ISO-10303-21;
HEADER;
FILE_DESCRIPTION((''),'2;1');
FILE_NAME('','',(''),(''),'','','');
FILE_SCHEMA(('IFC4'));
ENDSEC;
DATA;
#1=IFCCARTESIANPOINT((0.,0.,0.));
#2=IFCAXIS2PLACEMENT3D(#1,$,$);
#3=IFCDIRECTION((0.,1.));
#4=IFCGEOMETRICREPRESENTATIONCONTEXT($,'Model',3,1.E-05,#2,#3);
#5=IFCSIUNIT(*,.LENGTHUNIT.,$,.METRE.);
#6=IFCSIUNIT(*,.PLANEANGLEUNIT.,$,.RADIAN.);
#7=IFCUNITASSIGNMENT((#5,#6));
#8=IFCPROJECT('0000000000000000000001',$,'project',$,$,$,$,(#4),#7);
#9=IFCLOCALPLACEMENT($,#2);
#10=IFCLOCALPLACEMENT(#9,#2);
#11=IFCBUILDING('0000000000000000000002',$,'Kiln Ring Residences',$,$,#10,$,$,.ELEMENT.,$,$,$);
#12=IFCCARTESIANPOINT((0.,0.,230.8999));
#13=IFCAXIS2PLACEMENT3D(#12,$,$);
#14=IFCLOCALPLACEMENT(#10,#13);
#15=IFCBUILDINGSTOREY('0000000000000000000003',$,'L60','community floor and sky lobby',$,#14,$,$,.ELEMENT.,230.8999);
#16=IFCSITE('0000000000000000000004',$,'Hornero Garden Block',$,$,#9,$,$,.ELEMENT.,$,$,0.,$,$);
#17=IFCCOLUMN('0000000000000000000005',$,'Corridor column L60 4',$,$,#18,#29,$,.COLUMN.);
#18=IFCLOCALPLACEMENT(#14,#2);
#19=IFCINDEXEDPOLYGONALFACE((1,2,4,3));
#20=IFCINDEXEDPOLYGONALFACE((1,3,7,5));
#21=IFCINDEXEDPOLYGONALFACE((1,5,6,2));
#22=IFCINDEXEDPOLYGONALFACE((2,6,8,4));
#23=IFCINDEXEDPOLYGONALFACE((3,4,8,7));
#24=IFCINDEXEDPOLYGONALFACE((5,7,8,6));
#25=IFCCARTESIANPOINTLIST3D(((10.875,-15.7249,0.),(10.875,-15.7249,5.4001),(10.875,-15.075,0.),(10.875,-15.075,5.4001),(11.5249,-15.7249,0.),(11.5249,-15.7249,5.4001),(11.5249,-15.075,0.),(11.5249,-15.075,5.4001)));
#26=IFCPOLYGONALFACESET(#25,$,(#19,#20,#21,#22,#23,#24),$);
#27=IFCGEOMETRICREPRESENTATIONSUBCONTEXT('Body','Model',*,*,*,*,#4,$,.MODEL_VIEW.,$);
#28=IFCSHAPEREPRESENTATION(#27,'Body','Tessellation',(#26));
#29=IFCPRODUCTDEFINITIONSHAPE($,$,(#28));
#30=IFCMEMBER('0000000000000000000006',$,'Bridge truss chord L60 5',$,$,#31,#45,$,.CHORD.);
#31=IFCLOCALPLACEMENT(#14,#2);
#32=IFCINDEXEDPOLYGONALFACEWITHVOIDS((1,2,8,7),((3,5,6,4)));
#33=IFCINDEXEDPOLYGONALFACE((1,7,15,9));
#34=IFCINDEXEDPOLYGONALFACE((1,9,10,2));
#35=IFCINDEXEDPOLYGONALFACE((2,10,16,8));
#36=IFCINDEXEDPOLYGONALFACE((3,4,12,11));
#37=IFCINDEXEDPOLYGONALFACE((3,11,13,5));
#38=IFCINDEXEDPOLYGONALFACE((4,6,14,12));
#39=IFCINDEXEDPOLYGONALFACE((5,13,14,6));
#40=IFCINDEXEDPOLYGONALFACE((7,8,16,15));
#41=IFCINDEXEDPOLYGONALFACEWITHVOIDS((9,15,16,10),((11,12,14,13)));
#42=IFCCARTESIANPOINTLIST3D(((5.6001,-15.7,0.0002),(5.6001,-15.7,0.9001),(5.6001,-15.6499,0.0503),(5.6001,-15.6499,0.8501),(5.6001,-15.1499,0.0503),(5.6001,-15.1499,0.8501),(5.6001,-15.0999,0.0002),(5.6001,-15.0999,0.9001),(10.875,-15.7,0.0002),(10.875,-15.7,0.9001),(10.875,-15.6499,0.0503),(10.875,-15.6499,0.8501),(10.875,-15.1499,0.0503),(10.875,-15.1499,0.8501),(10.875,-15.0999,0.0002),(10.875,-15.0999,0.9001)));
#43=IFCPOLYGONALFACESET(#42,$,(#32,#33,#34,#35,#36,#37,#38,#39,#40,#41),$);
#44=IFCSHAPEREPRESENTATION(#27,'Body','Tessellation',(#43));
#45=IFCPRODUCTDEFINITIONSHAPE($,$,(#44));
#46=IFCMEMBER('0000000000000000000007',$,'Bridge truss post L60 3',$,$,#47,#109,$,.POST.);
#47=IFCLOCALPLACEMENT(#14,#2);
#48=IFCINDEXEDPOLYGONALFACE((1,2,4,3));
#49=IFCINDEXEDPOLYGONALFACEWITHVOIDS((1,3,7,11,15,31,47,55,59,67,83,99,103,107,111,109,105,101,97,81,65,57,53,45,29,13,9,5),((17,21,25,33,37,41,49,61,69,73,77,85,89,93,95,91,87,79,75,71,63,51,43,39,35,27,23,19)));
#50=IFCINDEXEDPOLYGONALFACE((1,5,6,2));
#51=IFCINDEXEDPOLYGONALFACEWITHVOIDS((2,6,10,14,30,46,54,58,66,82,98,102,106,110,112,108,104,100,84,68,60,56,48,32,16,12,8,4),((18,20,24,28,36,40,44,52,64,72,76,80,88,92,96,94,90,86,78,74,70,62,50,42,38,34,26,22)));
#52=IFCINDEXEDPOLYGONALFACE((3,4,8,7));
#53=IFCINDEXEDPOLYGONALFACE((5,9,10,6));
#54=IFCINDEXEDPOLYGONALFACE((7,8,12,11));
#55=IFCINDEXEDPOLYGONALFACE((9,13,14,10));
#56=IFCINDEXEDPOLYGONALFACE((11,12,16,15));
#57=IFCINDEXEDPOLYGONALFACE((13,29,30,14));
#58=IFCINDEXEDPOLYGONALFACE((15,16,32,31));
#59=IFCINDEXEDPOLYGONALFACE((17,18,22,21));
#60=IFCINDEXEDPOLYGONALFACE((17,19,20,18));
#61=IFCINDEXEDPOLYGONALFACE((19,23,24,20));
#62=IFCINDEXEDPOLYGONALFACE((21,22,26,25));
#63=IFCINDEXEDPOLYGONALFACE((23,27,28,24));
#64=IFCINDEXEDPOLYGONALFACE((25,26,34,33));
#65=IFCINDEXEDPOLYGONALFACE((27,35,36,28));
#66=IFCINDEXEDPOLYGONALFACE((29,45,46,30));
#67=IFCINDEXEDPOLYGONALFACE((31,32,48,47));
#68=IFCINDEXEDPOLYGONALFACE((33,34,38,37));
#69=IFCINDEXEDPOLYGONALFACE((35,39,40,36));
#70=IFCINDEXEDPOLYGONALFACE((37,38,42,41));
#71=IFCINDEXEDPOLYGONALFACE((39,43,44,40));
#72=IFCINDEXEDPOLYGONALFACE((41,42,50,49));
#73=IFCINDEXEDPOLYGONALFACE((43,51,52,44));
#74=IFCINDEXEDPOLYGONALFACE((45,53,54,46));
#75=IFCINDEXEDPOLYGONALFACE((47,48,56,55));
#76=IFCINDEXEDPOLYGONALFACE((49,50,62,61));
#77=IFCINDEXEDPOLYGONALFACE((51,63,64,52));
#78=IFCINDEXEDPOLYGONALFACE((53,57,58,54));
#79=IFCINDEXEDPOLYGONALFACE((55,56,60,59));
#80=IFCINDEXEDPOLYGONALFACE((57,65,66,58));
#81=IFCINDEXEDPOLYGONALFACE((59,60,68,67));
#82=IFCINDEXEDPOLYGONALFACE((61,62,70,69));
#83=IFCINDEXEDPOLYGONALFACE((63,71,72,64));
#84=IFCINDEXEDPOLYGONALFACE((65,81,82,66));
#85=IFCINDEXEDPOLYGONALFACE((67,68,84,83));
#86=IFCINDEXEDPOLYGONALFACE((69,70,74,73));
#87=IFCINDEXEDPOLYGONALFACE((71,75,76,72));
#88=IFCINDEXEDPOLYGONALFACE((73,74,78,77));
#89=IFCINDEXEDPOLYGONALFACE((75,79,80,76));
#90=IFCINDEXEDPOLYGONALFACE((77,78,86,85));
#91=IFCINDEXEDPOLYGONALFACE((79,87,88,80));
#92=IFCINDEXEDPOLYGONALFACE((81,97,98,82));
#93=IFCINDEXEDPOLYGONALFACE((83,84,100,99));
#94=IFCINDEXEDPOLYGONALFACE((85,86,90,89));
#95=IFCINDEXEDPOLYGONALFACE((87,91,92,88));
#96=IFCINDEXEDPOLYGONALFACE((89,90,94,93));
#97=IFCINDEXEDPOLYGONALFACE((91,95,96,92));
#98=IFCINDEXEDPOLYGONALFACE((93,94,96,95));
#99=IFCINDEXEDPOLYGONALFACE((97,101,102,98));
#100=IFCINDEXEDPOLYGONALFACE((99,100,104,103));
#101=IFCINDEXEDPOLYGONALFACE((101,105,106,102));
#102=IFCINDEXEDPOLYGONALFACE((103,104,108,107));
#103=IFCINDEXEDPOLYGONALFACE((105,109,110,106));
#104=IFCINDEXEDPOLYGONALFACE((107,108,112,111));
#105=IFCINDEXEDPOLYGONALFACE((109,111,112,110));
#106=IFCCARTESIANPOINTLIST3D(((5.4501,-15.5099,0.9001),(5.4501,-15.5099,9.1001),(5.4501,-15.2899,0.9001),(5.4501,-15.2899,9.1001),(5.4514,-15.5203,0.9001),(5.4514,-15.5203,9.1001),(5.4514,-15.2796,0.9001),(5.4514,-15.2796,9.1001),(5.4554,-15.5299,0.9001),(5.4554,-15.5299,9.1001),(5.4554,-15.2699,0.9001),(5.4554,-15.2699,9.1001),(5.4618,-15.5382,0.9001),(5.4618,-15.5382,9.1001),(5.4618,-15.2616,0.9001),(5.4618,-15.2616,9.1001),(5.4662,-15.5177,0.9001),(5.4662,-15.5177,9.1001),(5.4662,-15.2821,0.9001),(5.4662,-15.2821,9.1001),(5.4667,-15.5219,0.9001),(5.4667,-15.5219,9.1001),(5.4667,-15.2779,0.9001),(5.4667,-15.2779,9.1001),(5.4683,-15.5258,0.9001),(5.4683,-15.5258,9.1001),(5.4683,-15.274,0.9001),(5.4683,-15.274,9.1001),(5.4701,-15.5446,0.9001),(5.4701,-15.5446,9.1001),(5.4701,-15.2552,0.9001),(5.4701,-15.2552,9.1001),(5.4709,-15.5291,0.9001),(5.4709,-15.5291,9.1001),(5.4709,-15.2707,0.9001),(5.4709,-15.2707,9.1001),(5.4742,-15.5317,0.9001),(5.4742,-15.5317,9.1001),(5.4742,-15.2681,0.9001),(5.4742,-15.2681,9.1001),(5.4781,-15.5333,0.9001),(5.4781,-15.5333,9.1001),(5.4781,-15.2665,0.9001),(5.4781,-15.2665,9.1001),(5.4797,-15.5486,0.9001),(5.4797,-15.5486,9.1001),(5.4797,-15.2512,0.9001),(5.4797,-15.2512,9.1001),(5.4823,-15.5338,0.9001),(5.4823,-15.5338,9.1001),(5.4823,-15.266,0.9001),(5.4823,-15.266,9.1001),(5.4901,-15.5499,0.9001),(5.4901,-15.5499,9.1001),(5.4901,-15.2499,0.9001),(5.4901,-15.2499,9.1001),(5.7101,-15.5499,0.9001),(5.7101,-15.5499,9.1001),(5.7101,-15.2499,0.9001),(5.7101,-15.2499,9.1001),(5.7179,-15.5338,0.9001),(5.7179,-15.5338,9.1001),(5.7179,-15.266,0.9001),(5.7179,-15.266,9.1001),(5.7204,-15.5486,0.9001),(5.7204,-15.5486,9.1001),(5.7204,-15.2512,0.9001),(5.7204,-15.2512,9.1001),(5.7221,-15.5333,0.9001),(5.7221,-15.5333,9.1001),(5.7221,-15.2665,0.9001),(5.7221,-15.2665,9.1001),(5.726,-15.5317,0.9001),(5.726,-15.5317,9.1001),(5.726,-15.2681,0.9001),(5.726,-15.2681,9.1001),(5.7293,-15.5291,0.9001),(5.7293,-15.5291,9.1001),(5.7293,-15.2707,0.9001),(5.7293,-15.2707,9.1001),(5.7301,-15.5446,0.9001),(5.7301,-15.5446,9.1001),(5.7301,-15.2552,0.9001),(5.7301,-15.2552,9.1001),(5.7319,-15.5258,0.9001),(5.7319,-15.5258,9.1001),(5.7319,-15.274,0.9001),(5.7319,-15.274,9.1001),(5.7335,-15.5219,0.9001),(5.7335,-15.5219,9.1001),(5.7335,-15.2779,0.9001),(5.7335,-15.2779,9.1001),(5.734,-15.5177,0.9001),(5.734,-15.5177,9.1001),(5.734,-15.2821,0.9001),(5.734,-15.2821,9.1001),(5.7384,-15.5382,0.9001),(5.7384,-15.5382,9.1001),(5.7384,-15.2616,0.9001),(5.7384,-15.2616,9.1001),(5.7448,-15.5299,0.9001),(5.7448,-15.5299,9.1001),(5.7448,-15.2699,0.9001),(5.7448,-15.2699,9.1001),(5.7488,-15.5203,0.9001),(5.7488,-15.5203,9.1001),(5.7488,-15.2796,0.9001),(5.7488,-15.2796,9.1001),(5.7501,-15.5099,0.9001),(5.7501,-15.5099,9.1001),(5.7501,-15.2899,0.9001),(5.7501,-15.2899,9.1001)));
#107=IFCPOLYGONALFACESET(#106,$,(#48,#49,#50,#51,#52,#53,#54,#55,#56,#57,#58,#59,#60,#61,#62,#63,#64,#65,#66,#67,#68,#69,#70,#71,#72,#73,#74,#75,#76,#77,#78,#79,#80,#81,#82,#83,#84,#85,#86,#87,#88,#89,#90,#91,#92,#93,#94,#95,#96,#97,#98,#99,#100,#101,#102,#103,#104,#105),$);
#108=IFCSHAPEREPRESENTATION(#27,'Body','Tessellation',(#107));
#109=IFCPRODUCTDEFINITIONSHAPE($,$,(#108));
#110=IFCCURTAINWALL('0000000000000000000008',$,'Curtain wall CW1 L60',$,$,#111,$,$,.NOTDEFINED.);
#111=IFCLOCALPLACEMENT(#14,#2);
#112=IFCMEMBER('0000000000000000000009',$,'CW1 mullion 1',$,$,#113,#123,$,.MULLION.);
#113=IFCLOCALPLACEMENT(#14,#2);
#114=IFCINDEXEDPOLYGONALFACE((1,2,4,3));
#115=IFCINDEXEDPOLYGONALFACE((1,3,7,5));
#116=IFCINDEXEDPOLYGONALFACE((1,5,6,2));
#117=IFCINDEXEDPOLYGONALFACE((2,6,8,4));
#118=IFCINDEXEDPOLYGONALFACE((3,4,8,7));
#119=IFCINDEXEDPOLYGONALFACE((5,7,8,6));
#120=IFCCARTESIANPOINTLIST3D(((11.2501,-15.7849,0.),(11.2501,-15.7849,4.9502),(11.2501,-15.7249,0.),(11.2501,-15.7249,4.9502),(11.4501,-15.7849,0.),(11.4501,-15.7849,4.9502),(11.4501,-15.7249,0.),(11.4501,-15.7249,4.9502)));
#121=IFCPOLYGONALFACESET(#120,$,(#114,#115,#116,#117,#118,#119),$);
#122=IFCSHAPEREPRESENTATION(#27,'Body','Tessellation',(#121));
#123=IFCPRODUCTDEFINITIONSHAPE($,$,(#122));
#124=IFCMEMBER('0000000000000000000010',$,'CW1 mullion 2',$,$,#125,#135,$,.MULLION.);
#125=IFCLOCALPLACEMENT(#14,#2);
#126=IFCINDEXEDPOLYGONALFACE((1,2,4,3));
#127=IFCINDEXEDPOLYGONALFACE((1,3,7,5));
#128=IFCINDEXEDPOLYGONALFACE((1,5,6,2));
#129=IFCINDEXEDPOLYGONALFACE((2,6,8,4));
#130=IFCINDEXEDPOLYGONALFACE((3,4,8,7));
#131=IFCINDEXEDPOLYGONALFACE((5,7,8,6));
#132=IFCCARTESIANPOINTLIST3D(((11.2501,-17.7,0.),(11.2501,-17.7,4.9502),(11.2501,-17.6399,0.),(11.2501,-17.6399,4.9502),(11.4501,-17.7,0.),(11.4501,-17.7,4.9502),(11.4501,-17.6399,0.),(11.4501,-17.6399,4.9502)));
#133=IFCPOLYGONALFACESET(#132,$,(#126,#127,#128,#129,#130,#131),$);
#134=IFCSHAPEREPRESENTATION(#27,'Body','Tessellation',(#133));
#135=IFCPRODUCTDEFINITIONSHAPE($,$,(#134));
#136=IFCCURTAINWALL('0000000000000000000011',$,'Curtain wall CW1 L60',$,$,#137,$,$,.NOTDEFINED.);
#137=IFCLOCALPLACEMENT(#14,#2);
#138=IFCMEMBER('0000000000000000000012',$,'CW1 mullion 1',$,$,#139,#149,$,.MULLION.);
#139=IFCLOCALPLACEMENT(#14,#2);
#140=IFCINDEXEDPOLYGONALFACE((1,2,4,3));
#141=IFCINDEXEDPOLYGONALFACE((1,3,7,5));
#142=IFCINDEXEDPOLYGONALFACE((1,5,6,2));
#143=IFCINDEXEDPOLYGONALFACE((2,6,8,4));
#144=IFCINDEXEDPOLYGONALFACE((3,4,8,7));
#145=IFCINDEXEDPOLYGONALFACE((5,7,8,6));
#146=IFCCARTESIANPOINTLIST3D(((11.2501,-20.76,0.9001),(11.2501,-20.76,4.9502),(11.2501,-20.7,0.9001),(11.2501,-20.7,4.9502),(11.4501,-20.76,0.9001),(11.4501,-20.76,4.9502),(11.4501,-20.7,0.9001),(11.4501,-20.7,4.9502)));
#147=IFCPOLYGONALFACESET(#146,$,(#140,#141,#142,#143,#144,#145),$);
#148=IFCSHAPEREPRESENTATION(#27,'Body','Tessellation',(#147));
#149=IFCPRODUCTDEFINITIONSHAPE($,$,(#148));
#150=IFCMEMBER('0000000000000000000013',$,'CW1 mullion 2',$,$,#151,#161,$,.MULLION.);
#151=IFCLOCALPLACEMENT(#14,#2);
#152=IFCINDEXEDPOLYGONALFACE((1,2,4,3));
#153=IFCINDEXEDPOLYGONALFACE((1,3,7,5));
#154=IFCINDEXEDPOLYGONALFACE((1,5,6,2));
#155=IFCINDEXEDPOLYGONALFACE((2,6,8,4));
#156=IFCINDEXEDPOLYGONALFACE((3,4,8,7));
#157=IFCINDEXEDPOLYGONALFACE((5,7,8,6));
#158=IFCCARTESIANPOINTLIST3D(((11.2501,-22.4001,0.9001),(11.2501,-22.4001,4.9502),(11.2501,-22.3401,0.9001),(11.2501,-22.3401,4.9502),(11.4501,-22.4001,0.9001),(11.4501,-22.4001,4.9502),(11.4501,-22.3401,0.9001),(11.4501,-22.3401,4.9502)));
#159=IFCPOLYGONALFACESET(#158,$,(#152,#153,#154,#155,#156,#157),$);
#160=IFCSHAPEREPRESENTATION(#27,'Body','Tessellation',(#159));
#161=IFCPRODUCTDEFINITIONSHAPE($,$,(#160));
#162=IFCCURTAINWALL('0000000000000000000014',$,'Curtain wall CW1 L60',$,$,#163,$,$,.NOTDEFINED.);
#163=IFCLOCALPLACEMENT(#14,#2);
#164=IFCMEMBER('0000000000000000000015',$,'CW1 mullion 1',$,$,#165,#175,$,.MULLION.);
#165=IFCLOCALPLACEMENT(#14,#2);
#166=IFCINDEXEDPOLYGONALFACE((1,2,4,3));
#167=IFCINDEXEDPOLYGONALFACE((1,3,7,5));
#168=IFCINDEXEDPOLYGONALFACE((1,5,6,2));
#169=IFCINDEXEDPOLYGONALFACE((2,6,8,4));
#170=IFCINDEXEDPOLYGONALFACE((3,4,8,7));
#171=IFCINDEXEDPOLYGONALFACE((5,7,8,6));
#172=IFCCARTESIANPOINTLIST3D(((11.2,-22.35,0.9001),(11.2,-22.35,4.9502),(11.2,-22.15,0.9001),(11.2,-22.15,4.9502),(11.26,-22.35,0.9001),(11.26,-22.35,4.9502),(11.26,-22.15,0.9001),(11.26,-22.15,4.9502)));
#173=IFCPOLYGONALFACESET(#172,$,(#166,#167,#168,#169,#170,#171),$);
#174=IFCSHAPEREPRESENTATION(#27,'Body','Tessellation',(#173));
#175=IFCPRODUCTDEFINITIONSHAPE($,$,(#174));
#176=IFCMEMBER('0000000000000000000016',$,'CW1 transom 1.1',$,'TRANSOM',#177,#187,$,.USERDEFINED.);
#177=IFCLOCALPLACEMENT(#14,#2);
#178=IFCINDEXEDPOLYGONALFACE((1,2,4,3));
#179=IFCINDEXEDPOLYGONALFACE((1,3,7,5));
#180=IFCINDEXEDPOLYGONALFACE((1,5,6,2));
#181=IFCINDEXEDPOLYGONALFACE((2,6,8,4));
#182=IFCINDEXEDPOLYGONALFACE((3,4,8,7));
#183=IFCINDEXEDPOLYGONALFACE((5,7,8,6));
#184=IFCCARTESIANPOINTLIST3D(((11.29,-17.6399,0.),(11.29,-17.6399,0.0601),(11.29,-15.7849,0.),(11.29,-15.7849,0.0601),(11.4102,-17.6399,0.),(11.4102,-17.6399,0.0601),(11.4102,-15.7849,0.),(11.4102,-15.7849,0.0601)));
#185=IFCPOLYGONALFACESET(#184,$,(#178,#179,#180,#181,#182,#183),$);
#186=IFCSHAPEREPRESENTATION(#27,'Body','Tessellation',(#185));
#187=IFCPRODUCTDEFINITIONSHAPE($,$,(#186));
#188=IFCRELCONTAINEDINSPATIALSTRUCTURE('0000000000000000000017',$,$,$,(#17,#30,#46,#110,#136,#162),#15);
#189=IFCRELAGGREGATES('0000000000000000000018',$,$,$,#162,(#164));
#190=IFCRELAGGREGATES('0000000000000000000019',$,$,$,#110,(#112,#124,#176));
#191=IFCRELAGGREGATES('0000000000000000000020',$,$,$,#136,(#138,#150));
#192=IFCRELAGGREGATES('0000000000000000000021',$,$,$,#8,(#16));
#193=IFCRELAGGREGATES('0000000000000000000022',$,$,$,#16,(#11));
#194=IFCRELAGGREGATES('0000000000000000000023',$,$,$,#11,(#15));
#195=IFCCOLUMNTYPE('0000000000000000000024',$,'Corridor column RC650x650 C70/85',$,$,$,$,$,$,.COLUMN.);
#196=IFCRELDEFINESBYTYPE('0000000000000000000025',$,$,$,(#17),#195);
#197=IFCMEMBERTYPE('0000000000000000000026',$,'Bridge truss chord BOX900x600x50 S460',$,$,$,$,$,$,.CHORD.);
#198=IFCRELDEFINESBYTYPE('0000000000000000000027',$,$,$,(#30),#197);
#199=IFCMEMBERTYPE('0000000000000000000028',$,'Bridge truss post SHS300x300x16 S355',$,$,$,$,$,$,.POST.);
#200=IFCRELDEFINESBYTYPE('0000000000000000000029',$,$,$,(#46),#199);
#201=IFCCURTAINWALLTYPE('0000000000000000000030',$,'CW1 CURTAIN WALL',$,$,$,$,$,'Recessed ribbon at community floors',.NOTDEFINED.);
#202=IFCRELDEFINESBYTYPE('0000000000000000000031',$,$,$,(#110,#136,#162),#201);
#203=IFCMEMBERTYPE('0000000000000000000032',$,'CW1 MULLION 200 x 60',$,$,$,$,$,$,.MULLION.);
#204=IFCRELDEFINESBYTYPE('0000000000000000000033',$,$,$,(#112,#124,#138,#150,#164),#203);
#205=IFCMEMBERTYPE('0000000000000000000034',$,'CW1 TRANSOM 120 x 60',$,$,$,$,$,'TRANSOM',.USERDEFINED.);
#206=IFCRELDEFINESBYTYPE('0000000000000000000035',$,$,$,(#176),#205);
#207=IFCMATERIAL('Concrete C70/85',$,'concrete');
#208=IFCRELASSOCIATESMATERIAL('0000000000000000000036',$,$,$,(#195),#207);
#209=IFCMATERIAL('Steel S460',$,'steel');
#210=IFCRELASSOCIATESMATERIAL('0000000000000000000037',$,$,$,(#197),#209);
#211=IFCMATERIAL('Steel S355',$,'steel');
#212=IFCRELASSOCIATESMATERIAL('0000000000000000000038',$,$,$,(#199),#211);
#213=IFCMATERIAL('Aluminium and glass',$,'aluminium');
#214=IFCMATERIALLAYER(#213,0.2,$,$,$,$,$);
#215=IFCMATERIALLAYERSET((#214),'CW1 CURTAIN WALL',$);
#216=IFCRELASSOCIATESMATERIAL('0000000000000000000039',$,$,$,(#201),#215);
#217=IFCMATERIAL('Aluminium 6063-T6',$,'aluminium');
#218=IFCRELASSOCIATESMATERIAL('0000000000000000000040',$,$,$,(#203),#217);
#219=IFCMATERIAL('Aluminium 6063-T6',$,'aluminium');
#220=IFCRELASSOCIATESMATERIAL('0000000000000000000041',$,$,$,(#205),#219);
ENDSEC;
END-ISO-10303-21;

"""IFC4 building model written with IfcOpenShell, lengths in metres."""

from ifc_helpers import new_model, si_unit, direction, frame, origin, origin_2d, place, context, subcontext, project, spatial, rectangle, hollow_rectangle, extrude, material, layer, layer_set, material_profile, profile_set, type_object, element, aggregate, save


model = new_model("IFC4")

# Units and contexts
model_context = context("Model", 3, precision=1e-05, world=origin(), true_north=direction((0.0, 1.0)))
body_context = subcontext(model_context, "Body", "Model", "MODEL_VIEW")
ifc_project = project(units=[si_unit("LENGTHUNIT", "METRE"), si_unit("PLANEANGLEUNIT", "RADIAN")], contexts=[model_context])

# Site, building, storey
site_placement = place(None, origin())
site = spatial("IfcSite", under=ifc_project, at=site_placement, Name="Hornero Garden Block", CompositionType="ELEMENT", RefElevation=0.0)
building_placement = place(site_placement, origin())
building = spatial("IfcBuilding", under=site, at=building_placement, Name="Kiln Ring Residences", CompositionType="ELEMENT")
storey_placement = place(building_placement, frame((0.0, 0.0, 230.8999)))
storey = spatial("IfcBuildingStorey", under=building, at=storey_placement, Name="L60", Description="community floor and sky lobby", CompositionType="ELEMENT", Elevation=230.8999)

# Column
ifc_material_1 = material(Name="Concrete C70/85", Category="concrete")
ifc_material_profile_1 = material_profile(ifc_material_1, rectangle(XDim=0.6499, YDim=0.6499, at=origin_2d()), Name="RC650x650")
ifc_profile_set_1 = profile_set([ifc_material_profile_1], Name="Concrete C70/85")
column_type = type_object("IfcColumnType", Name="Corridor column RC650x650 C70/85", PredefinedType="COLUMN", material=ifc_profile_set_1)
column_placement = place(storey_placement, frame((11.2, -15.3999, 0.0), z_axis=(0.0, 0.0, 1.0), x_axis=(1.0, 0.0, 0.0)))
element("IfcColumn", 1, at=column_placement, inside=storey, type_object=column_type, Name="Corridor column L60 4", PredefinedType="COLUMN", context=body_context, shape_type="SweptSolid", body=[
    extrude(rectangle(XDim=0.6499, YDim=0.6499, at=origin_2d()), origin(), (0.0, 0.0, 1.0), 5.4001),
])

# Members
ifc_material_2 = material(Name="Steel S460", Category="steel")
ifc_material_profile_2 = material_profile(ifc_material_2, hollow_rectangle(XDim=0.6001, YDim=0.8999, WallThickness=0.05, at=origin_2d()), Name="BOX900x600x50")
ifc_profile_set_2 = profile_set([ifc_material_profile_2], Name="Steel S460")
member_type_1 = type_object("IfcMemberType", Name="Bridge truss chord BOX900x600x50 S460", PredefinedType="CHORD", material=ifc_profile_set_2)
member_1_placement = place(storey_placement, frame((5.6001, -15.3999, 0.4502), z_axis=(1.0, 0.0, 0.0), x_axis=(0.0, 1.0, 0.0)))
element("IfcMember", 2, at=member_1_placement, inside=storey, type_object=member_type_1, Name="Bridge truss chord L60 5", PredefinedType="CHORD", context=body_context, shape_type="SweptSolid", body=[
    extrude(hollow_rectangle(XDim=0.6001, YDim=0.8999, WallThickness=0.05, at=origin_2d()), origin(), (0.0, 0.0, 1.0), 5.2749),
])
ifc_material_3 = material(Name="Steel S355", Category="steel")
ifc_material_profile_3 = material_profile(ifc_material_3, hollow_rectangle(XDim=0.3, YDim=0.3, WallThickness=0.0161, InnerFilletRadius=0.0161, OuterFilletRadius=0.04, at=origin_2d()), Name="SHS300x300x16")
ifc_profile_set_3 = profile_set([ifc_material_profile_3], Name="Steel S355")
member_type_2 = type_object("IfcMemberType", Name="Bridge truss post SHS300x300x16 S355", PredefinedType="POST", material=ifc_profile_set_3)
member_2_placement = place(storey_placement, frame((5.6001, -15.3999, 0.9001), z_axis=(0.0, 0.0, 1.0), x_axis=(1.0, 0.0, 0.0)))
element("IfcMember", 3, at=member_2_placement, inside=storey, type_object=member_type_2, Name="Bridge truss post L60 3", PredefinedType="POST", context=body_context, shape_type="SweptSolid", body=[
    extrude(hollow_rectangle(XDim=0.3, YDim=0.3, WallThickness=0.0161, InnerFilletRadius=0.0161, OuterFilletRadius=0.04, at=origin_2d()), origin(), (0.0, 0.0, 1.0), 8.2),
])

# Curtain walls, members
ifc_material_4 = material(Name="Aluminium and glass", Category="aluminium")
ifc_layer_1 = layer(ifc_material_4, 0.2)
ifc_layer_set_1 = layer_set([ifc_layer_1], Name="CW1 CURTAIN WALL")
curtain_wall_type = type_object("IfcCurtainWallType", Name="CW1 CURTAIN WALL", ElementType="Recessed ribbon at community floors", PredefinedType="NOTDEFINED", material=ifc_layer_set_1)
placement = place(storey_placement, origin())
curtain_wall_1 = element("IfcCurtainWall", 4, at=placement, inside=storey, type_object=curtain_wall_type, Name="Curtain wall CW1 L60", PredefinedType="NOTDEFINED")
ifc_material_5 = material(Name="Aluminium 6063-T6", Category="aluminium")
ifc_material_profile_4 = material_profile(ifc_material_5, rectangle(XDim=0.2, YDim=0.0601, at=origin_2d()), Name="AL 200x60")
ifc_profile_set_4 = profile_set([ifc_material_profile_4], Name="Aluminium 6063-T6")
member_type_3 = type_object("IfcMemberType", Name="CW1 MULLION 200 x 60", PredefinedType="MULLION", material=ifc_profile_set_4)
member_3_placement = place(storey_placement, frame((11.3501, -15.7549, 0.0), z_axis=(0.0, 0.0, 1.0), x_axis=(1.0, 0.0, 0.0)))
member_3 = element("IfcMember", 5, at=member_3_placement, type_object=member_type_3, Name="CW1 mullion 1", PredefinedType="MULLION", context=body_context, shape_type="SweptSolid", body=[
    extrude(rectangle(XDim=0.2, YDim=0.0601, at=origin_2d()), origin(), (0.0, 0.0, 1.0), 4.9502),
])
member_4_placement = place(storey_placement, frame((11.3501, -17.6699, 0.0), z_axis=(0.0, 0.0, 1.0), x_axis=(1.0, 0.0, 0.0)))
member_4 = element("IfcMember", 6, at=member_4_placement, type_object=member_type_3, Name="CW1 mullion 2", PredefinedType="MULLION", context=body_context, shape_type="SweptSolid", body=[
    extrude(rectangle(XDim=0.2, YDim=0.0601, at=origin_2d()), origin(), (0.0, 0.0, 1.0), 4.9502),
])
curtain_wall_2 = element("IfcCurtainWall", 7, at=placement, inside=storey, type_object=curtain_wall_type, Name="Curtain wall CW1 L60", PredefinedType="NOTDEFINED")
member_5_placement = place(storey_placement, frame((11.3501, -20.73, 0.9001), z_axis=(0.0, 0.0, 1.0), x_axis=(1.0, 0.0, 0.0)))
member_5 = element("IfcMember", 8, at=member_5_placement, type_object=member_type_3, Name="CW1 mullion 1", PredefinedType="MULLION", context=body_context, shape_type="SweptSolid", body=[
    extrude(rectangle(XDim=0.2, YDim=0.0601, at=origin_2d()), origin(), (0.0, 0.0, 1.0), 4.05),
])
member_6_placement = place(storey_placement, frame((11.3501, -22.3701, 0.9001), z_axis=(0.0, 0.0, 1.0), x_axis=(1.0, 0.0, 0.0)))
member_6 = element("IfcMember", 9, at=member_6_placement, type_object=member_type_3, Name="CW1 mullion 2", PredefinedType="MULLION", context=body_context, shape_type="SweptSolid", body=[
    extrude(rectangle(XDim=0.2, YDim=0.0601, at=origin_2d()), origin(), (0.0, 0.0, 1.0), 4.05),
])

# Curtain wall, member
curtain_wall_3 = element("IfcCurtainWall", 10, at=placement, inside=storey, type_object=curtain_wall_type, Name="Curtain wall CW1 L60", PredefinedType="NOTDEFINED")
member_7_placement = place(storey_placement, frame((11.23, -22.25, 0.9001), z_axis=(0.0, 0.0, 1.0), x_axis=(0.0, 1.0, 0.0)))
member_7 = element("IfcMember", 11, at=member_7_placement, type_object=member_type_3, Name="CW1 mullion 1", PredefinedType="MULLION", context=body_context, shape_type="SweptSolid", body=[
    extrude(rectangle(XDim=0.2, YDim=0.0601, at=origin_2d()), origin(), (0.0, 0.0, 1.0), 4.05),
])

# Member
ifc_material_6 = material(Name="Aluminium 6063-T6", Category="aluminium")
ifc_material_profile_5 = material_profile(ifc_material_6, rectangle(XDim=0.1201, YDim=0.0601, at=origin_2d()), Name="AL 120x60")
ifc_profile_set_5 = profile_set([ifc_material_profile_5], Name="Aluminium 6063-T6")
member_type_4 = type_object("IfcMemberType", Name="CW1 TRANSOM 120 x 60", ElementType="TRANSOM", PredefinedType="USERDEFINED", material=ifc_profile_set_5)
member_8_placement = place(storey_placement, frame((11.3501, -15.7849, 0.03), z_axis=(0.0, -1.0, 0.0), x_axis=(1.0, 0.0, 0.0)))
member_8 = element("IfcMember", 12, at=member_8_placement, type_object=member_type_4, Name="CW1 transom 1.1", ObjectType="TRANSOM", PredefinedType="USERDEFINED", context=body_context, shape_type="SweptSolid", body=[
    extrude(rectangle(XDim=0.1201, YDim=0.0601, at=origin_2d()), origin(), (0.0, 0.0, 1.0), 1.855),
])
aggregate(curtain_wall_3, [member_7])

aggregate(curtain_wall_1, [member_3, member_4, member_8])
aggregate(curtain_wall_2, [member_5, member_6])

save(model, "model.ifc")
